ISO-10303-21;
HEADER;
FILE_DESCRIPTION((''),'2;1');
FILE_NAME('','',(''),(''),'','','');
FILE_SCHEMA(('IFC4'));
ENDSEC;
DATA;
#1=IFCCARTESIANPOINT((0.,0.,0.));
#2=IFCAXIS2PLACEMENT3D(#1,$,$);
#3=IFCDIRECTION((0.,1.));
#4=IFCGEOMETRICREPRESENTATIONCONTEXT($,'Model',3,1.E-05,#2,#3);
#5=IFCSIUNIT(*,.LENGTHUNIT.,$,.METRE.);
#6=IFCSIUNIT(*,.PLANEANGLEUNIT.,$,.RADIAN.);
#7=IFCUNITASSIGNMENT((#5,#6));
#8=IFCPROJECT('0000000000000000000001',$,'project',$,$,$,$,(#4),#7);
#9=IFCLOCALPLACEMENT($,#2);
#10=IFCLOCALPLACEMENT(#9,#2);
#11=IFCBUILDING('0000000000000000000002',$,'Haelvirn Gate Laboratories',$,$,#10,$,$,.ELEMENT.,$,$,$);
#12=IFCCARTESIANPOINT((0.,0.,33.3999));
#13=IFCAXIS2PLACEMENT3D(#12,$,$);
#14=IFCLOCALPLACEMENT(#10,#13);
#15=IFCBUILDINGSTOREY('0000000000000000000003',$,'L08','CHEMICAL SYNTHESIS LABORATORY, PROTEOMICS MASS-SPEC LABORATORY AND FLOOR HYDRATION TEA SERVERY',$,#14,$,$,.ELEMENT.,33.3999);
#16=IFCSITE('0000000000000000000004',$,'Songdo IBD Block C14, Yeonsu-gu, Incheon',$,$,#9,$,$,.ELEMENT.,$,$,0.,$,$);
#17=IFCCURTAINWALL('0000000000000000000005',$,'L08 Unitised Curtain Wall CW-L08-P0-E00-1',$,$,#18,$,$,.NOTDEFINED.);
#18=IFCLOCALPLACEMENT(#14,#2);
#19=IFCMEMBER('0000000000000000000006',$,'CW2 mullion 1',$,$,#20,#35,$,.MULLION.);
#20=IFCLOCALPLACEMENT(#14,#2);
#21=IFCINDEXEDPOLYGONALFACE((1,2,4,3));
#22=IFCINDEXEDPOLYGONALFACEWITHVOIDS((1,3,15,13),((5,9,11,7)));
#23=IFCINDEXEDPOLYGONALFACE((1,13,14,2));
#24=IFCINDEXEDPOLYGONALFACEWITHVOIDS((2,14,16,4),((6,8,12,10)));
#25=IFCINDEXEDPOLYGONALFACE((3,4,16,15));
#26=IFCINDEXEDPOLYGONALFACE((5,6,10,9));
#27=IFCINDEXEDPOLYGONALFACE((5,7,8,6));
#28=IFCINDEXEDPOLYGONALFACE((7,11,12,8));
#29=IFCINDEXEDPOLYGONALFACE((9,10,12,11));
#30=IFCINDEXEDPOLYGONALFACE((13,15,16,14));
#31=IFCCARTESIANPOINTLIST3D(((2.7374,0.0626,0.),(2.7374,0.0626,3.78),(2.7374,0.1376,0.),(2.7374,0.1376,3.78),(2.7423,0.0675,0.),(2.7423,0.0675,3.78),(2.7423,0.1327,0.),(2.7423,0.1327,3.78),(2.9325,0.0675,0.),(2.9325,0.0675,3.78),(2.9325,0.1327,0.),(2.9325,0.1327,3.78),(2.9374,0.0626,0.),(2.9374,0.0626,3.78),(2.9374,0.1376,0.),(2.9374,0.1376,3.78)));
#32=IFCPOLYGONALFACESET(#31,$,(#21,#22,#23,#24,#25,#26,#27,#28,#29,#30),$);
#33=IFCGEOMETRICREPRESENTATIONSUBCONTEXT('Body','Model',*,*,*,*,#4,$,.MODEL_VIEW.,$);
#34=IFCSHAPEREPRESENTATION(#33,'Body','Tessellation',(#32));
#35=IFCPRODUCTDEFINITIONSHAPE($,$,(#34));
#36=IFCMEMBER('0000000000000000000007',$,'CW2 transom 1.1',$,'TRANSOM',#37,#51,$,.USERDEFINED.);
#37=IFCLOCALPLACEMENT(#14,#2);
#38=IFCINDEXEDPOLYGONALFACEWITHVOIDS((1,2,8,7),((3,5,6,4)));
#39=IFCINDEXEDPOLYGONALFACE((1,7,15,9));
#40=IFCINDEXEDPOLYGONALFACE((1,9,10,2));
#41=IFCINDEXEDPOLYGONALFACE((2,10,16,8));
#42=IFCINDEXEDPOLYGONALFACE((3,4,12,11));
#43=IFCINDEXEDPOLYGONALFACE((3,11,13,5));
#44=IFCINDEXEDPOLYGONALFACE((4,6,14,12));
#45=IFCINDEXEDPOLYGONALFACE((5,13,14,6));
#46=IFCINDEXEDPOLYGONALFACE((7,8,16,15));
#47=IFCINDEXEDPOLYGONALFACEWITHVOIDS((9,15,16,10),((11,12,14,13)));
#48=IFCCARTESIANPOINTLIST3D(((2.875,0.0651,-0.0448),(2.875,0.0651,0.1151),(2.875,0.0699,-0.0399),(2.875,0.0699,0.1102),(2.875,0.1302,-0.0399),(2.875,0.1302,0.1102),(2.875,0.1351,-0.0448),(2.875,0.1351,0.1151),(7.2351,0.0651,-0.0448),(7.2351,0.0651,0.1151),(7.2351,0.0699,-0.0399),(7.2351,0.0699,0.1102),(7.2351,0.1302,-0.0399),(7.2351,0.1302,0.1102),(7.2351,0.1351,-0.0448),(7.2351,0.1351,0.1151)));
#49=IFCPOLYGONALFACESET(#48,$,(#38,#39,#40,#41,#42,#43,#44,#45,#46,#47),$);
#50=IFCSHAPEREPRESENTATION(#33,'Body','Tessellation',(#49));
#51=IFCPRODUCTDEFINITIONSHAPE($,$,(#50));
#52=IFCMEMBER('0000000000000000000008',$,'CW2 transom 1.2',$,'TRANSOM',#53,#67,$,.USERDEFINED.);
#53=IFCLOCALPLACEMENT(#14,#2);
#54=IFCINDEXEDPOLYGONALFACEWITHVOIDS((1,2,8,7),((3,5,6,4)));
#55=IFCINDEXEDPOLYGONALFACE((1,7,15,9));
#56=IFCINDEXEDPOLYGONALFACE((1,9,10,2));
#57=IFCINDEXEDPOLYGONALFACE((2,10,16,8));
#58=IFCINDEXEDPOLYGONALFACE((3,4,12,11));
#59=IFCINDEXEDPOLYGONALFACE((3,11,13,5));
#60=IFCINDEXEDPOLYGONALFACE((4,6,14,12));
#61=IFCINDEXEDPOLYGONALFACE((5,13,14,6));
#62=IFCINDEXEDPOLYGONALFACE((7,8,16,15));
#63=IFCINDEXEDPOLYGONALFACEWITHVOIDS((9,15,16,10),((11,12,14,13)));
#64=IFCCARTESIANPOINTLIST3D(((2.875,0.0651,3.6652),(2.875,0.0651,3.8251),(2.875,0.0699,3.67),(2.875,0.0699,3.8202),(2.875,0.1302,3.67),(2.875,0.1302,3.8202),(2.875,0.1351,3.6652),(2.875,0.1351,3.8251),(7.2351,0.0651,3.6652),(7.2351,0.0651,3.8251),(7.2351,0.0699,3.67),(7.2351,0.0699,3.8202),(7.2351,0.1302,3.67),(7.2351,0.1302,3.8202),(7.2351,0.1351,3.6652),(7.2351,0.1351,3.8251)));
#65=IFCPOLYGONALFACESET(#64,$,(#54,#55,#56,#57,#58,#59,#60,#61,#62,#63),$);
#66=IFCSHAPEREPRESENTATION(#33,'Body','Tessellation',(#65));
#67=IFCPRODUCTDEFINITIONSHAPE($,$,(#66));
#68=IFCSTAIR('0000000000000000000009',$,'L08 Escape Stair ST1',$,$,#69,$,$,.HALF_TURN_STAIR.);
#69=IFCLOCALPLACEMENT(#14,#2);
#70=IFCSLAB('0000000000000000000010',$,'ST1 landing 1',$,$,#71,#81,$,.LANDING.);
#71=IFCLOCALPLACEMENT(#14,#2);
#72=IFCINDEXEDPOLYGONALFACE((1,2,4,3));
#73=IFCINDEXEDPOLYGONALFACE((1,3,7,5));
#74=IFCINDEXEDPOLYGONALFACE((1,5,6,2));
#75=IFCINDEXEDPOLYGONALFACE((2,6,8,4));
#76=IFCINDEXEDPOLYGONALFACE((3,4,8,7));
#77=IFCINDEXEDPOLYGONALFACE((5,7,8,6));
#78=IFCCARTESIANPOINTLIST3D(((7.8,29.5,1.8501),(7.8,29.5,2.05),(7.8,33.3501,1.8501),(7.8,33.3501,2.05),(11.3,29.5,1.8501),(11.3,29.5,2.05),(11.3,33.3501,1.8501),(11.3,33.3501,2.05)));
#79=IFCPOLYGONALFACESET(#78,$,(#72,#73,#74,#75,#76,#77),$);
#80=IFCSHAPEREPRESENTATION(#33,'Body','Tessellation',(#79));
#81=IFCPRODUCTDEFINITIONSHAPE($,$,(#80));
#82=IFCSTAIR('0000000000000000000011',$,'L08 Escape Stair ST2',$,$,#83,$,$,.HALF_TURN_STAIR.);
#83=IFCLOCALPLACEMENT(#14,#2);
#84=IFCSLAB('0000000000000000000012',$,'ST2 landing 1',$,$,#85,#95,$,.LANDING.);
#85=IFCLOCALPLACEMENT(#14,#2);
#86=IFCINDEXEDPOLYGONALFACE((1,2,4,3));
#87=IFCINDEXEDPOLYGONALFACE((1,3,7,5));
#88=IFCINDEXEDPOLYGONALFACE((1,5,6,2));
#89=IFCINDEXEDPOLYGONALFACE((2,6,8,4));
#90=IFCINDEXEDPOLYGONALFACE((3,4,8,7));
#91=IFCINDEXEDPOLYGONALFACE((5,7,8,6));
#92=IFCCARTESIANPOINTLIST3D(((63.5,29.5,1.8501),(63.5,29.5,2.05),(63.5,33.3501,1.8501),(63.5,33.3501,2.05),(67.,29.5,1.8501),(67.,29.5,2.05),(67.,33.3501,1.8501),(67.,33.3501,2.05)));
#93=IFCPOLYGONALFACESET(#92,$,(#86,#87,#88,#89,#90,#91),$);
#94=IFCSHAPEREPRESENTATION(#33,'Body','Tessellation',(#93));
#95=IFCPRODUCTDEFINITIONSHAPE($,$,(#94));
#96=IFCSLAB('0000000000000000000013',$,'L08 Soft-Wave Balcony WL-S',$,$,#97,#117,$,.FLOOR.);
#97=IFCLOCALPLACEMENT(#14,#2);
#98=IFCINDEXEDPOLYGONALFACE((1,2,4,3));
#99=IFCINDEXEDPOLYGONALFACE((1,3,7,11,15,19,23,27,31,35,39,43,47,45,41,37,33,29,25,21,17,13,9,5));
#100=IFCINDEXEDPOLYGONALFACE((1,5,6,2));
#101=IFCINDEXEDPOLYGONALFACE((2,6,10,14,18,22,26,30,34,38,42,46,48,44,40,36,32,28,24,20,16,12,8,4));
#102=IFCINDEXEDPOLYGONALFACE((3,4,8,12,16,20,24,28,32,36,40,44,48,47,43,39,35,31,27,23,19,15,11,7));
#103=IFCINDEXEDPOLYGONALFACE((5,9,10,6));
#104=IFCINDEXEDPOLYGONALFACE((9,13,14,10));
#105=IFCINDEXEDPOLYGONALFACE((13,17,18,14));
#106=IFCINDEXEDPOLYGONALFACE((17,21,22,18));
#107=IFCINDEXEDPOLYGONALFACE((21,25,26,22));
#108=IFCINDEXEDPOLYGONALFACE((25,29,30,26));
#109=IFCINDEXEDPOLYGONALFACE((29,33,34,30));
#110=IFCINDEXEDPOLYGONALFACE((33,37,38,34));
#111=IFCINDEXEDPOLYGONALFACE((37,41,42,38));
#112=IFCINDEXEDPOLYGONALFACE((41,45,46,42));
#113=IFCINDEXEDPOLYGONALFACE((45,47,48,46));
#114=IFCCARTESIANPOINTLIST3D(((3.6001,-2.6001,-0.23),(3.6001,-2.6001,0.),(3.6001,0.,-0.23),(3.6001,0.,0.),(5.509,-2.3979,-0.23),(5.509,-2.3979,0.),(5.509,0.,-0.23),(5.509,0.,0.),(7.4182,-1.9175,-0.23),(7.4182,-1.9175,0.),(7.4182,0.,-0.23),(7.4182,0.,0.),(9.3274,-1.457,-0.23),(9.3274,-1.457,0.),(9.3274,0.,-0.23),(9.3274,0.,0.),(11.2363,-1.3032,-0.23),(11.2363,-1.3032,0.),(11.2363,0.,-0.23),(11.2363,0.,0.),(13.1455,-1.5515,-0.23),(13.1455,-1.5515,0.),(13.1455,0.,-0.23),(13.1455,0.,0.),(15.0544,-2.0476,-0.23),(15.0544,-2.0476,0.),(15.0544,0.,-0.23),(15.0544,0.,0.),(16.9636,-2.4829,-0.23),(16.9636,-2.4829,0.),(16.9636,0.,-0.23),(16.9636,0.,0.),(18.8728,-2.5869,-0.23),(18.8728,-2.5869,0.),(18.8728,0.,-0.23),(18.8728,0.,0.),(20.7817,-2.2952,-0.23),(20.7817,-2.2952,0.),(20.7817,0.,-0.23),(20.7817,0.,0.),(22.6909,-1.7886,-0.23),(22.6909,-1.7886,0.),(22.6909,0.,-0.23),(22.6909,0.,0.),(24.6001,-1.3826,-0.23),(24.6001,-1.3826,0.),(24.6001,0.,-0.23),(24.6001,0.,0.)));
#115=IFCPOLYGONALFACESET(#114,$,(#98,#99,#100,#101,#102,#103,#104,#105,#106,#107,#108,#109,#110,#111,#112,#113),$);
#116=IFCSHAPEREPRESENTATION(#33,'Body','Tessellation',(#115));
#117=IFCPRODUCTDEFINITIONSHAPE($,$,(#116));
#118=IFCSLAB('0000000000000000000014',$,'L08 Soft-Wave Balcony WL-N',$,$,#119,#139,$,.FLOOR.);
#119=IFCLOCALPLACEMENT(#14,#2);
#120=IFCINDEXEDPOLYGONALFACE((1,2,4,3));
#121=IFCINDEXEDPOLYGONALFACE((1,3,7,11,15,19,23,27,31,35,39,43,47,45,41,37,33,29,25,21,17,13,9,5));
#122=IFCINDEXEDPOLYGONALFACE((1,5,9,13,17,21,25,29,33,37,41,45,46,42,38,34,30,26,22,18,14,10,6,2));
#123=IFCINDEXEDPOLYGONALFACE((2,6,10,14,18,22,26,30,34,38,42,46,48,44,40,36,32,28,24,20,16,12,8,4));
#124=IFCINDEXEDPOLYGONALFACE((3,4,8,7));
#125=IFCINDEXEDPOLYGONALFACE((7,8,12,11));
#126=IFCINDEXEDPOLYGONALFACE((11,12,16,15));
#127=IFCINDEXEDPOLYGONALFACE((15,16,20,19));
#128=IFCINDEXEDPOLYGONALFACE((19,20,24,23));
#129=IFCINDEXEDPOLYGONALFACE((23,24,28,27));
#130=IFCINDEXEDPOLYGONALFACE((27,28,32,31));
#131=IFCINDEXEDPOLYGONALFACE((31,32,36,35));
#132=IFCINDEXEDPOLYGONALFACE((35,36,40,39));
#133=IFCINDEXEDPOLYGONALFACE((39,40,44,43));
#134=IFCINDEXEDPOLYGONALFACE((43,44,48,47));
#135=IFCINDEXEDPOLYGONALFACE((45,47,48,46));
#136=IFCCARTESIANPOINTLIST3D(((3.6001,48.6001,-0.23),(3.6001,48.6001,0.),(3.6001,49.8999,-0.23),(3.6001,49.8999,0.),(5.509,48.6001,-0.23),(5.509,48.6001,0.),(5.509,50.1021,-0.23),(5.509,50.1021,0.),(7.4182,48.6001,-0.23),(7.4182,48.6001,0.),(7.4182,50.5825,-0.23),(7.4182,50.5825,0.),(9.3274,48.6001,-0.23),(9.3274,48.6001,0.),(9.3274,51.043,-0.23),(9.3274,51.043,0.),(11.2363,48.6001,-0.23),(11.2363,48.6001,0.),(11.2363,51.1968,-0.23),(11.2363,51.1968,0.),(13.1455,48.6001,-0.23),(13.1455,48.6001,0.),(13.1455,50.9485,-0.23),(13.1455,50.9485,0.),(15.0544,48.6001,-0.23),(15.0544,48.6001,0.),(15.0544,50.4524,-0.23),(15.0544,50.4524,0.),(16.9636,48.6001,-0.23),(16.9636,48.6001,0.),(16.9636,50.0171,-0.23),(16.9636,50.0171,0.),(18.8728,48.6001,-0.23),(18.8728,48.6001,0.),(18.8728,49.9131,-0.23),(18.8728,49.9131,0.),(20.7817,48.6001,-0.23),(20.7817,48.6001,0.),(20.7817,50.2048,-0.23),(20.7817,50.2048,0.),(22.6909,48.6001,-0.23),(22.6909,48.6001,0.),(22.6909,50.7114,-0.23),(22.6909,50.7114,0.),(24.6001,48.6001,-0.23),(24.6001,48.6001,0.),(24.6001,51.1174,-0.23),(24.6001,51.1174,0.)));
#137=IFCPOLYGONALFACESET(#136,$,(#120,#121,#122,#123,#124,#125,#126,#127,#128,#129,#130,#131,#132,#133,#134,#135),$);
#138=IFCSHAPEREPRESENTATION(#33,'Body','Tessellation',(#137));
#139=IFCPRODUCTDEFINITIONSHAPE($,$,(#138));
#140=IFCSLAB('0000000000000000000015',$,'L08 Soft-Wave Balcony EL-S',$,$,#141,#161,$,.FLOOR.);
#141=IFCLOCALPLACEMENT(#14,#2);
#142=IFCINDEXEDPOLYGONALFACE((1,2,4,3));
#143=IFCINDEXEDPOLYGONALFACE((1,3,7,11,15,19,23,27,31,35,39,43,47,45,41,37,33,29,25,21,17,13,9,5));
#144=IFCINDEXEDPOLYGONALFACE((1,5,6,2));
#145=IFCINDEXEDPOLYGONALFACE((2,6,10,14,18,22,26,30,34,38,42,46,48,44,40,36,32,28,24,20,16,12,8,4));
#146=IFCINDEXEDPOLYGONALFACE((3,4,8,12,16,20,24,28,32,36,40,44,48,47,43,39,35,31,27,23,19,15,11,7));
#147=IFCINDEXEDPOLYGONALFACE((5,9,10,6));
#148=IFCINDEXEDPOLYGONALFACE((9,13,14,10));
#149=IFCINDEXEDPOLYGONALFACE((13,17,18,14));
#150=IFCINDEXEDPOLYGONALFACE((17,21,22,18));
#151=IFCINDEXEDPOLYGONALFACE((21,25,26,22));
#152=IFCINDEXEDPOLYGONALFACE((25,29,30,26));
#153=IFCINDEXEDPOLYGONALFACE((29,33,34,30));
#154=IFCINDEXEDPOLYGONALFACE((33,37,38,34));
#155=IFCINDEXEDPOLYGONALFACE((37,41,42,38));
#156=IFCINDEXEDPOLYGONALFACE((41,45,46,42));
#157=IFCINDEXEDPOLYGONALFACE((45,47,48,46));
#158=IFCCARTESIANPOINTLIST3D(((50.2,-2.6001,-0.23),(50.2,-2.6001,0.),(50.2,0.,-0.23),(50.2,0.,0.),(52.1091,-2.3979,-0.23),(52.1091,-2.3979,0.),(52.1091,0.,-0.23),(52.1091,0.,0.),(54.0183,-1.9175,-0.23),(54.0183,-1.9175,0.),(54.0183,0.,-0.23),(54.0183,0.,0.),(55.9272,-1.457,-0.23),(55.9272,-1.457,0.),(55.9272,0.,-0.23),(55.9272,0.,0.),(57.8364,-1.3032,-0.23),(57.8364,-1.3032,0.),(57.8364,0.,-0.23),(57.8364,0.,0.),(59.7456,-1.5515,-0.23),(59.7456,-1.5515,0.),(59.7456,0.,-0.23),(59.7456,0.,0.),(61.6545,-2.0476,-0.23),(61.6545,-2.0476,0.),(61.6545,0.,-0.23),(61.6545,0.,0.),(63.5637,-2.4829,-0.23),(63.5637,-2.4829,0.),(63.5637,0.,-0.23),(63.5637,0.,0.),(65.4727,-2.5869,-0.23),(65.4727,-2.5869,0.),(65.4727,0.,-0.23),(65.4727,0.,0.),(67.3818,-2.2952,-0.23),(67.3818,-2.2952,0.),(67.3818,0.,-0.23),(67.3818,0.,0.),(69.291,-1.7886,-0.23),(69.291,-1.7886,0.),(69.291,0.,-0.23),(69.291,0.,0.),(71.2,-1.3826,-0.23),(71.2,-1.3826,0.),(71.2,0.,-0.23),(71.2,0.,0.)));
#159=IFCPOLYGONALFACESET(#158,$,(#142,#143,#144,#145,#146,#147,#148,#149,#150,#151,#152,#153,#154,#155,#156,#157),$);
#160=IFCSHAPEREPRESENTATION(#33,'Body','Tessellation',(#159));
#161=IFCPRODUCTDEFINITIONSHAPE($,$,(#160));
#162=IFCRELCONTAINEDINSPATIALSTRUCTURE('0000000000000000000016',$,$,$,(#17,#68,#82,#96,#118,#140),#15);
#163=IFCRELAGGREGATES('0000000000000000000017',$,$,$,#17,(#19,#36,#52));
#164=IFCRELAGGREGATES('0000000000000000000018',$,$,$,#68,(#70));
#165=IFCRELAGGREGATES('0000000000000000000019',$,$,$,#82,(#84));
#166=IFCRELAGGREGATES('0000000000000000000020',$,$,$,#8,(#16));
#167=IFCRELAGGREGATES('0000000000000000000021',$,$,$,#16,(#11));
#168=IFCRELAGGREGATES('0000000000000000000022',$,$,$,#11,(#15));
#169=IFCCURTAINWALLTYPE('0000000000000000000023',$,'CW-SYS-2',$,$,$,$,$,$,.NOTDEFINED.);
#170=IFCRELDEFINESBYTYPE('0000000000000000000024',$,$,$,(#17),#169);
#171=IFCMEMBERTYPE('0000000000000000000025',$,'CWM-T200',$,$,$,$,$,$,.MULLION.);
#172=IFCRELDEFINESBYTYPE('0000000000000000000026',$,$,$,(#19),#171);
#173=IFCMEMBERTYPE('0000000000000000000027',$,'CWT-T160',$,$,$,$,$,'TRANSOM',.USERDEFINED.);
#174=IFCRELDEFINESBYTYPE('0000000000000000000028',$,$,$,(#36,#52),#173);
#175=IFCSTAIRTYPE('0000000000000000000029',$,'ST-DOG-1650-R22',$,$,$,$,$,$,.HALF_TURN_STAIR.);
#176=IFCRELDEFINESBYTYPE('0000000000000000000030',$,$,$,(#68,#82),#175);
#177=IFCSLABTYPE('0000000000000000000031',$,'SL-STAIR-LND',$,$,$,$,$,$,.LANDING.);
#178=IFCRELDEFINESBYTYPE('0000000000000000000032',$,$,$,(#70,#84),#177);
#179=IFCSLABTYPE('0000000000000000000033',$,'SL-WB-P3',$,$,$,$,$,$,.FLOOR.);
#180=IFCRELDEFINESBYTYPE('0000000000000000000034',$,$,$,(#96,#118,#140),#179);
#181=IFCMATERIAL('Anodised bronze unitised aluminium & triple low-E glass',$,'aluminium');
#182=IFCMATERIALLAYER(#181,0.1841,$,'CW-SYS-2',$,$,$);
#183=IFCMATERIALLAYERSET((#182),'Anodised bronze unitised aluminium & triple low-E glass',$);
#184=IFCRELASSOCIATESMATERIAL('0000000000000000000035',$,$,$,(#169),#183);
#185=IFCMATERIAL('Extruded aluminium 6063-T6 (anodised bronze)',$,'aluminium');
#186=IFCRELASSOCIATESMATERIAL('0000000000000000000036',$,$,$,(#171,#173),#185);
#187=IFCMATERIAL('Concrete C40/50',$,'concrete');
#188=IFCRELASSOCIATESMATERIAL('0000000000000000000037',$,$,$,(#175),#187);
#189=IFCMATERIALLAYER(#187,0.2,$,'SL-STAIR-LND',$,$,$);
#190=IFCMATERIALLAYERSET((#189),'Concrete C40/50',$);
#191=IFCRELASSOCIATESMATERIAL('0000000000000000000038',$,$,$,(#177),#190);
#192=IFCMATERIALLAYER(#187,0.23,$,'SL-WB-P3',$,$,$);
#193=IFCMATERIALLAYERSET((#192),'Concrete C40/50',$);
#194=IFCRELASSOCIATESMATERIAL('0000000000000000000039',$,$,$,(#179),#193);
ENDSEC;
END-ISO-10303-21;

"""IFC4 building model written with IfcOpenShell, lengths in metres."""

from ifc_helpers import new_model, si_unit, direction, frame, origin, origin_2d, place, context, subcontext, project, spatial, polyline, hollow_rectangle, outline, extrude, source, transform, mapped, material, layer, layer_set, material_profile, profile_set, type_object, type_shapes, element, aggregate, save


model = new_model("IFC4")

# Units and contexts
model_context = context("Model", 3, precision=1e-05, world=origin(), true_north=direction((0.0, 1.0)))
body_context = subcontext(model_context, "Body", "Model", "MODEL_VIEW")
ifc_project = project(units=[si_unit("LENGTHUNIT", "METRE"), si_unit("PLANEANGLEUNIT", "RADIAN")], contexts=[model_context])

# Site, building, storey
site_placement = place(None, origin())
site = spatial("IfcSite", under=ifc_project, at=site_placement, Name="Songdo IBD Block C14, Yeonsu-gu, Incheon", CompositionType="ELEMENT", RefElevation=0.0)
building_placement = place(site_placement, origin())
building = spatial("IfcBuilding", under=site, at=building_placement, Name="Haelvirn Gate Laboratories", CompositionType="ELEMENT")
storey_placement = place(building_placement, frame((0.0, 0.0, 33.3999)))
storey = spatial("IfcBuildingStorey", under=building, at=storey_placement, Name="L08", Description="CHEMICAL SYNTHESIS LABORATORY, PROTEOMICS MASS-SPEC LABORATORY AND FLOOR HYDRATION TEA SERVERY", CompositionType="ELEMENT", Elevation=33.3999)

# Curtain wall, members
ifc_material_1 = material(Name="Anodised bronze unitised aluminium & triple low-E glass", Category="aluminium")
ifc_layer_1 = layer(ifc_material_1, 0.1841, Name="CW-SYS-2")
ifc_layer_set_1 = layer_set([ifc_layer_1], Name="Anodised bronze unitised aluminium & triple low-E glass")
curtain_wall_type = type_object("IfcCurtainWallType", Name="CW-SYS-2", PredefinedType="NOTDEFINED", material=ifc_layer_set_1)
curtain_wall_placement = place(storey_placement, origin())
curtain_wall = element("IfcCurtainWall", 1, at=curtain_wall_placement, inside=storey, type_object=curtain_wall_type, Name="L08 Unitised Curtain Wall CW-L08-P0-E00-1", PredefinedType="NOTDEFINED")
ifc_material_2 = material(Name="Extruded aluminium 6063-T6 (anodised bronze)", Category="aluminium")
ifc_material_profile_1 = material_profile(ifc_material_2, hollow_rectangle(XDim=0.075, YDim=0.2, WallThickness=0.0049, at=origin_2d()), Name="CWM-200x75x5")
ifc_profile_set_1 = profile_set([ifc_material_profile_1], Name="Extruded aluminium 6063-T6 (anodised bronze)")
member_type_1 = type_object("IfcMemberType", Name="CWM-T200", PredefinedType="MULLION", material=ifc_profile_set_1)
shared_shape_1 = source(origin(), body_context, "Body", "SweptSolid", [
    extrude(hollow_rectangle(XDim=0.075, YDim=0.2, WallThickness=0.0049, at=origin_2d()), origin(), (0.0, 0.0, 1.0), 3.78),
])
type_shapes(member_type_1, [shared_shape_1])
member_1_placement = place(storey_placement, frame((2.8374, 0.1001, 0.0), z_axis=(0.0, 0.0, 1.0), x_axis=(0.0, 1.0, 0.0)))
member_1 = element("IfcMember", 2, at=member_1_placement, type_object=member_type_1, Name="CW2 mullion 1", PredefinedType="MULLION", context=body_context, shape_type="MappedRepresentation", body=[
    mapped(shared_shape_1, transform((0.0, 0.0, 0.0), scale=1.0)),
])
ifc_material_profile_2 = material_profile(ifc_material_2, hollow_rectangle(XDim=0.0701, YDim=0.1599, WallThickness=0.0049, at=origin_2d()), Name="CWT-160x70x5")
ifc_profile_set_2 = profile_set([ifc_material_profile_2], Name="Extruded aluminium 6063-T6 (anodised bronze)")
member_type_2 = type_object("IfcMemberType", Name="CWT-T160", ElementType="TRANSOM", PredefinedType="USERDEFINED", material=ifc_profile_set_2)
shared_shape_2 = source(origin(), body_context, "Body", "SweptSolid", [
    extrude(hollow_rectangle(XDim=0.0701, YDim=0.1599, WallThickness=0.0049, at=origin_2d()), origin(), (0.0, 0.0, 1.0), 4.3601),
])
type_shapes(member_type_2, [shared_shape_2])
member_2_placement = place(storey_placement, frame((2.875, 0.1001, 0.0352), z_axis=(1.0, 0.0, 0.0), x_axis=(0.0, 1.0, 0.0)))
member_2 = element("IfcMember", 3, at=member_2_placement, type_object=member_type_2, Name="CW2 transom 1.1", ObjectType="TRANSOM", PredefinedType="USERDEFINED", context=body_context, shape_type="MappedRepresentation", body=[
    mapped(shared_shape_2, transform((0.0, 0.0, 0.0), scale=1.0)),
])
member_3_placement = place(storey_placement, frame((2.875, 0.1001, 3.7451), z_axis=(1.0, 0.0, 0.0), x_axis=(0.0, 1.0, 0.0)))
member_3 = element("IfcMember", 4, at=member_3_placement, type_object=member_type_2, Name="CW2 transom 1.2", ObjectType="TRANSOM", PredefinedType="USERDEFINED", context=body_context, shape_type="MappedRepresentation", body=[
    mapped(shared_shape_2, transform((0.0, 0.0, 0.0), scale=1.0)),
])
aggregate(curtain_wall, [member_1, member_2, member_3])

# Stairs, slabs
ifc_material_3 = material(Name="Concrete C40/50", Category="concrete")
stair_type = type_object("IfcStairType", Name="ST-DOG-1650-R22", PredefinedType="HALF_TURN_STAIR", material=ifc_material_3)
stair_1_placement = place(storey_placement, origin())
stair_1 = element("IfcStair", 5, at=stair_1_placement, inside=storey, type_object=stair_type, Name="L08 Escape Stair ST1", PredefinedType="HALF_TURN_STAIR")
ifc_layer_2 = layer(ifc_material_3, 0.2, Name="SL-STAIR-LND")
ifc_layer_set_2 = layer_set([ifc_layer_2], Name="Concrete C40/50")
slab_type_1 = type_object("IfcSlabType", Name="SL-STAIR-LND", PredefinedType="LANDING", material=ifc_layer_set_2)
slab_1_placement = place(storey_placement, frame((0.0, 0.0, 1.8501)))
slab_1 = element("IfcSlab", 6, at=slab_1_placement, type_object=slab_type_1, Name="ST1 landing 1", PredefinedType="LANDING", context=body_context, shape_type="SweptSolid", body=[
    extrude(outline(polyline([(11.3, 29.5), (11.3, 33.3501), (7.8, 33.3501), (7.8, 29.5), (11.3, 29.5)])), origin(), (0.0, 0.0, 1.0), 0.2),
])
aggregate(stair_1, [slab_1])
stair_2_placement = place(storey_placement, origin())
stair_2 = element("IfcStair", 7, at=stair_2_placement, inside=storey, type_object=stair_type, Name="L08 Escape Stair ST2", PredefinedType="HALF_TURN_STAIR")
slab_2_placement = place(storey_placement, frame((0.0, 0.0, 1.8501)))
slab_2 = element("IfcSlab", 8, at=slab_2_placement, type_object=slab_type_1, Name="ST2 landing 1", PredefinedType="LANDING", context=body_context, shape_type="SweptSolid", body=[
    extrude(outline(polyline([(67.0, 29.5), (67.0, 33.3501), (63.5, 33.3501), (63.5, 29.5), (67.0, 29.5)])), origin(), (0.0, 0.0, 1.0), 0.2),
])
aggregate(stair_2, [slab_2])

# Slabs
ifc_layer_3 = layer(ifc_material_3, 0.23, Name="SL-WB-P3")
ifc_layer_set_3 = layer_set([ifc_layer_3], Name="Concrete C40/50")
slab_type_2 = type_object("IfcSlabType", Name="SL-WB-P3", PredefinedType="FLOOR", material=ifc_layer_set_3)
slab_3_placement = place(storey_placement, frame((0.0, 0.0, -0.23)))
element("IfcSlab", 9, at=slab_3_placement, inside=storey, type_object=slab_type_2, Name="L08 Soft-Wave Balcony WL-S", PredefinedType="FLOOR", context=body_context, shape_type="SweptSolid", body=[
    extrude(outline(polyline([(3.6001, -2.6001), (5.509, -2.3979), (7.4182, -1.9175), (9.3274, -1.457), (11.2363, -1.3032), (13.1455, -1.5515), (15.0544, -2.0476), (16.9636, -2.4829), (18.8728, -2.5869), (20.7817, -2.2952), (22.6909, -1.7886), (24.6001, -1.3826), (24.6001, 0.0), (22.6909, 0.0), (20.7817, 0.0), (18.8728, 0.0), (16.9636, 0.0), (15.0544, 0.0), (13.1455, 0.0), (11.2363, 0.0), (9.3274, 0.0), (7.4182, 0.0), (5.509, 0.0), (3.6001, 0.0), (3.6001, -2.6001)])), origin(), (0.0, 0.0, 1.0), 0.23),
])
slab_4_placement = place(storey_placement, frame((0.0, 0.0, -0.23)))
element("IfcSlab", 10, at=slab_4_placement, inside=storey, type_object=slab_type_2, Name="L08 Soft-Wave Balcony WL-N", PredefinedType="FLOOR", context=body_context, shape_type="SweptSolid", body=[
    extrude(outline(polyline([(3.6001, 48.6001), (5.509, 48.6001), (7.4182, 48.6001), (9.3274, 48.6001), (11.2363, 48.6001), (13.1455, 48.6001), (15.0544, 48.6001), (16.9636, 48.6001), (18.8728, 48.6001), (20.7817, 48.6001), (22.6909, 48.6001), (24.6001, 48.6001), (24.6001, 51.1174), (22.6909, 50.7114), (20.7817, 50.2048), (18.8728, 49.9131), (16.9636, 50.0171), (15.0544, 50.4524), (13.1455, 50.9485), (11.2363, 51.1968), (9.3274, 51.043), (7.4182, 50.5825), (5.509, 50.1021), (3.6001, 49.8999), (3.6001, 48.6001)])), origin(), (0.0, 0.0, 1.0), 0.23),
])
slab_5_placement = place(storey_placement, frame((0.0, 0.0, -0.23)))
element("IfcSlab", 11, at=slab_5_placement, inside=storey, type_object=slab_type_2, Name="L08 Soft-Wave Balcony EL-S", PredefinedType="FLOOR", context=body_context, shape_type="SweptSolid", body=[
    extrude(outline(polyline([(50.2, -2.6001), (52.1091, -2.3979), (54.0183, -1.9175), (55.9272, -1.457), (57.8364, -1.3032), (59.7456, -1.5515), (61.6545, -2.0476), (63.5637, -2.4829), (65.4727, -2.5869), (67.3818, -2.2952), (69.291, -1.7886), (71.2, -1.3826), (71.2, 0.0), (69.291, 0.0), (67.3818, 0.0), (65.4727, 0.0), (63.5637, 0.0), (61.6545, 0.0), (59.7456, 0.0), (57.8364, 0.0), (55.9272, 0.0), (54.0183, 0.0), (52.1091, 0.0), (50.2, 0.0), (50.2, -2.6001)])), origin(), (0.0, 0.0, 1.0), 0.23),
])

save(model, "model.ifc")
